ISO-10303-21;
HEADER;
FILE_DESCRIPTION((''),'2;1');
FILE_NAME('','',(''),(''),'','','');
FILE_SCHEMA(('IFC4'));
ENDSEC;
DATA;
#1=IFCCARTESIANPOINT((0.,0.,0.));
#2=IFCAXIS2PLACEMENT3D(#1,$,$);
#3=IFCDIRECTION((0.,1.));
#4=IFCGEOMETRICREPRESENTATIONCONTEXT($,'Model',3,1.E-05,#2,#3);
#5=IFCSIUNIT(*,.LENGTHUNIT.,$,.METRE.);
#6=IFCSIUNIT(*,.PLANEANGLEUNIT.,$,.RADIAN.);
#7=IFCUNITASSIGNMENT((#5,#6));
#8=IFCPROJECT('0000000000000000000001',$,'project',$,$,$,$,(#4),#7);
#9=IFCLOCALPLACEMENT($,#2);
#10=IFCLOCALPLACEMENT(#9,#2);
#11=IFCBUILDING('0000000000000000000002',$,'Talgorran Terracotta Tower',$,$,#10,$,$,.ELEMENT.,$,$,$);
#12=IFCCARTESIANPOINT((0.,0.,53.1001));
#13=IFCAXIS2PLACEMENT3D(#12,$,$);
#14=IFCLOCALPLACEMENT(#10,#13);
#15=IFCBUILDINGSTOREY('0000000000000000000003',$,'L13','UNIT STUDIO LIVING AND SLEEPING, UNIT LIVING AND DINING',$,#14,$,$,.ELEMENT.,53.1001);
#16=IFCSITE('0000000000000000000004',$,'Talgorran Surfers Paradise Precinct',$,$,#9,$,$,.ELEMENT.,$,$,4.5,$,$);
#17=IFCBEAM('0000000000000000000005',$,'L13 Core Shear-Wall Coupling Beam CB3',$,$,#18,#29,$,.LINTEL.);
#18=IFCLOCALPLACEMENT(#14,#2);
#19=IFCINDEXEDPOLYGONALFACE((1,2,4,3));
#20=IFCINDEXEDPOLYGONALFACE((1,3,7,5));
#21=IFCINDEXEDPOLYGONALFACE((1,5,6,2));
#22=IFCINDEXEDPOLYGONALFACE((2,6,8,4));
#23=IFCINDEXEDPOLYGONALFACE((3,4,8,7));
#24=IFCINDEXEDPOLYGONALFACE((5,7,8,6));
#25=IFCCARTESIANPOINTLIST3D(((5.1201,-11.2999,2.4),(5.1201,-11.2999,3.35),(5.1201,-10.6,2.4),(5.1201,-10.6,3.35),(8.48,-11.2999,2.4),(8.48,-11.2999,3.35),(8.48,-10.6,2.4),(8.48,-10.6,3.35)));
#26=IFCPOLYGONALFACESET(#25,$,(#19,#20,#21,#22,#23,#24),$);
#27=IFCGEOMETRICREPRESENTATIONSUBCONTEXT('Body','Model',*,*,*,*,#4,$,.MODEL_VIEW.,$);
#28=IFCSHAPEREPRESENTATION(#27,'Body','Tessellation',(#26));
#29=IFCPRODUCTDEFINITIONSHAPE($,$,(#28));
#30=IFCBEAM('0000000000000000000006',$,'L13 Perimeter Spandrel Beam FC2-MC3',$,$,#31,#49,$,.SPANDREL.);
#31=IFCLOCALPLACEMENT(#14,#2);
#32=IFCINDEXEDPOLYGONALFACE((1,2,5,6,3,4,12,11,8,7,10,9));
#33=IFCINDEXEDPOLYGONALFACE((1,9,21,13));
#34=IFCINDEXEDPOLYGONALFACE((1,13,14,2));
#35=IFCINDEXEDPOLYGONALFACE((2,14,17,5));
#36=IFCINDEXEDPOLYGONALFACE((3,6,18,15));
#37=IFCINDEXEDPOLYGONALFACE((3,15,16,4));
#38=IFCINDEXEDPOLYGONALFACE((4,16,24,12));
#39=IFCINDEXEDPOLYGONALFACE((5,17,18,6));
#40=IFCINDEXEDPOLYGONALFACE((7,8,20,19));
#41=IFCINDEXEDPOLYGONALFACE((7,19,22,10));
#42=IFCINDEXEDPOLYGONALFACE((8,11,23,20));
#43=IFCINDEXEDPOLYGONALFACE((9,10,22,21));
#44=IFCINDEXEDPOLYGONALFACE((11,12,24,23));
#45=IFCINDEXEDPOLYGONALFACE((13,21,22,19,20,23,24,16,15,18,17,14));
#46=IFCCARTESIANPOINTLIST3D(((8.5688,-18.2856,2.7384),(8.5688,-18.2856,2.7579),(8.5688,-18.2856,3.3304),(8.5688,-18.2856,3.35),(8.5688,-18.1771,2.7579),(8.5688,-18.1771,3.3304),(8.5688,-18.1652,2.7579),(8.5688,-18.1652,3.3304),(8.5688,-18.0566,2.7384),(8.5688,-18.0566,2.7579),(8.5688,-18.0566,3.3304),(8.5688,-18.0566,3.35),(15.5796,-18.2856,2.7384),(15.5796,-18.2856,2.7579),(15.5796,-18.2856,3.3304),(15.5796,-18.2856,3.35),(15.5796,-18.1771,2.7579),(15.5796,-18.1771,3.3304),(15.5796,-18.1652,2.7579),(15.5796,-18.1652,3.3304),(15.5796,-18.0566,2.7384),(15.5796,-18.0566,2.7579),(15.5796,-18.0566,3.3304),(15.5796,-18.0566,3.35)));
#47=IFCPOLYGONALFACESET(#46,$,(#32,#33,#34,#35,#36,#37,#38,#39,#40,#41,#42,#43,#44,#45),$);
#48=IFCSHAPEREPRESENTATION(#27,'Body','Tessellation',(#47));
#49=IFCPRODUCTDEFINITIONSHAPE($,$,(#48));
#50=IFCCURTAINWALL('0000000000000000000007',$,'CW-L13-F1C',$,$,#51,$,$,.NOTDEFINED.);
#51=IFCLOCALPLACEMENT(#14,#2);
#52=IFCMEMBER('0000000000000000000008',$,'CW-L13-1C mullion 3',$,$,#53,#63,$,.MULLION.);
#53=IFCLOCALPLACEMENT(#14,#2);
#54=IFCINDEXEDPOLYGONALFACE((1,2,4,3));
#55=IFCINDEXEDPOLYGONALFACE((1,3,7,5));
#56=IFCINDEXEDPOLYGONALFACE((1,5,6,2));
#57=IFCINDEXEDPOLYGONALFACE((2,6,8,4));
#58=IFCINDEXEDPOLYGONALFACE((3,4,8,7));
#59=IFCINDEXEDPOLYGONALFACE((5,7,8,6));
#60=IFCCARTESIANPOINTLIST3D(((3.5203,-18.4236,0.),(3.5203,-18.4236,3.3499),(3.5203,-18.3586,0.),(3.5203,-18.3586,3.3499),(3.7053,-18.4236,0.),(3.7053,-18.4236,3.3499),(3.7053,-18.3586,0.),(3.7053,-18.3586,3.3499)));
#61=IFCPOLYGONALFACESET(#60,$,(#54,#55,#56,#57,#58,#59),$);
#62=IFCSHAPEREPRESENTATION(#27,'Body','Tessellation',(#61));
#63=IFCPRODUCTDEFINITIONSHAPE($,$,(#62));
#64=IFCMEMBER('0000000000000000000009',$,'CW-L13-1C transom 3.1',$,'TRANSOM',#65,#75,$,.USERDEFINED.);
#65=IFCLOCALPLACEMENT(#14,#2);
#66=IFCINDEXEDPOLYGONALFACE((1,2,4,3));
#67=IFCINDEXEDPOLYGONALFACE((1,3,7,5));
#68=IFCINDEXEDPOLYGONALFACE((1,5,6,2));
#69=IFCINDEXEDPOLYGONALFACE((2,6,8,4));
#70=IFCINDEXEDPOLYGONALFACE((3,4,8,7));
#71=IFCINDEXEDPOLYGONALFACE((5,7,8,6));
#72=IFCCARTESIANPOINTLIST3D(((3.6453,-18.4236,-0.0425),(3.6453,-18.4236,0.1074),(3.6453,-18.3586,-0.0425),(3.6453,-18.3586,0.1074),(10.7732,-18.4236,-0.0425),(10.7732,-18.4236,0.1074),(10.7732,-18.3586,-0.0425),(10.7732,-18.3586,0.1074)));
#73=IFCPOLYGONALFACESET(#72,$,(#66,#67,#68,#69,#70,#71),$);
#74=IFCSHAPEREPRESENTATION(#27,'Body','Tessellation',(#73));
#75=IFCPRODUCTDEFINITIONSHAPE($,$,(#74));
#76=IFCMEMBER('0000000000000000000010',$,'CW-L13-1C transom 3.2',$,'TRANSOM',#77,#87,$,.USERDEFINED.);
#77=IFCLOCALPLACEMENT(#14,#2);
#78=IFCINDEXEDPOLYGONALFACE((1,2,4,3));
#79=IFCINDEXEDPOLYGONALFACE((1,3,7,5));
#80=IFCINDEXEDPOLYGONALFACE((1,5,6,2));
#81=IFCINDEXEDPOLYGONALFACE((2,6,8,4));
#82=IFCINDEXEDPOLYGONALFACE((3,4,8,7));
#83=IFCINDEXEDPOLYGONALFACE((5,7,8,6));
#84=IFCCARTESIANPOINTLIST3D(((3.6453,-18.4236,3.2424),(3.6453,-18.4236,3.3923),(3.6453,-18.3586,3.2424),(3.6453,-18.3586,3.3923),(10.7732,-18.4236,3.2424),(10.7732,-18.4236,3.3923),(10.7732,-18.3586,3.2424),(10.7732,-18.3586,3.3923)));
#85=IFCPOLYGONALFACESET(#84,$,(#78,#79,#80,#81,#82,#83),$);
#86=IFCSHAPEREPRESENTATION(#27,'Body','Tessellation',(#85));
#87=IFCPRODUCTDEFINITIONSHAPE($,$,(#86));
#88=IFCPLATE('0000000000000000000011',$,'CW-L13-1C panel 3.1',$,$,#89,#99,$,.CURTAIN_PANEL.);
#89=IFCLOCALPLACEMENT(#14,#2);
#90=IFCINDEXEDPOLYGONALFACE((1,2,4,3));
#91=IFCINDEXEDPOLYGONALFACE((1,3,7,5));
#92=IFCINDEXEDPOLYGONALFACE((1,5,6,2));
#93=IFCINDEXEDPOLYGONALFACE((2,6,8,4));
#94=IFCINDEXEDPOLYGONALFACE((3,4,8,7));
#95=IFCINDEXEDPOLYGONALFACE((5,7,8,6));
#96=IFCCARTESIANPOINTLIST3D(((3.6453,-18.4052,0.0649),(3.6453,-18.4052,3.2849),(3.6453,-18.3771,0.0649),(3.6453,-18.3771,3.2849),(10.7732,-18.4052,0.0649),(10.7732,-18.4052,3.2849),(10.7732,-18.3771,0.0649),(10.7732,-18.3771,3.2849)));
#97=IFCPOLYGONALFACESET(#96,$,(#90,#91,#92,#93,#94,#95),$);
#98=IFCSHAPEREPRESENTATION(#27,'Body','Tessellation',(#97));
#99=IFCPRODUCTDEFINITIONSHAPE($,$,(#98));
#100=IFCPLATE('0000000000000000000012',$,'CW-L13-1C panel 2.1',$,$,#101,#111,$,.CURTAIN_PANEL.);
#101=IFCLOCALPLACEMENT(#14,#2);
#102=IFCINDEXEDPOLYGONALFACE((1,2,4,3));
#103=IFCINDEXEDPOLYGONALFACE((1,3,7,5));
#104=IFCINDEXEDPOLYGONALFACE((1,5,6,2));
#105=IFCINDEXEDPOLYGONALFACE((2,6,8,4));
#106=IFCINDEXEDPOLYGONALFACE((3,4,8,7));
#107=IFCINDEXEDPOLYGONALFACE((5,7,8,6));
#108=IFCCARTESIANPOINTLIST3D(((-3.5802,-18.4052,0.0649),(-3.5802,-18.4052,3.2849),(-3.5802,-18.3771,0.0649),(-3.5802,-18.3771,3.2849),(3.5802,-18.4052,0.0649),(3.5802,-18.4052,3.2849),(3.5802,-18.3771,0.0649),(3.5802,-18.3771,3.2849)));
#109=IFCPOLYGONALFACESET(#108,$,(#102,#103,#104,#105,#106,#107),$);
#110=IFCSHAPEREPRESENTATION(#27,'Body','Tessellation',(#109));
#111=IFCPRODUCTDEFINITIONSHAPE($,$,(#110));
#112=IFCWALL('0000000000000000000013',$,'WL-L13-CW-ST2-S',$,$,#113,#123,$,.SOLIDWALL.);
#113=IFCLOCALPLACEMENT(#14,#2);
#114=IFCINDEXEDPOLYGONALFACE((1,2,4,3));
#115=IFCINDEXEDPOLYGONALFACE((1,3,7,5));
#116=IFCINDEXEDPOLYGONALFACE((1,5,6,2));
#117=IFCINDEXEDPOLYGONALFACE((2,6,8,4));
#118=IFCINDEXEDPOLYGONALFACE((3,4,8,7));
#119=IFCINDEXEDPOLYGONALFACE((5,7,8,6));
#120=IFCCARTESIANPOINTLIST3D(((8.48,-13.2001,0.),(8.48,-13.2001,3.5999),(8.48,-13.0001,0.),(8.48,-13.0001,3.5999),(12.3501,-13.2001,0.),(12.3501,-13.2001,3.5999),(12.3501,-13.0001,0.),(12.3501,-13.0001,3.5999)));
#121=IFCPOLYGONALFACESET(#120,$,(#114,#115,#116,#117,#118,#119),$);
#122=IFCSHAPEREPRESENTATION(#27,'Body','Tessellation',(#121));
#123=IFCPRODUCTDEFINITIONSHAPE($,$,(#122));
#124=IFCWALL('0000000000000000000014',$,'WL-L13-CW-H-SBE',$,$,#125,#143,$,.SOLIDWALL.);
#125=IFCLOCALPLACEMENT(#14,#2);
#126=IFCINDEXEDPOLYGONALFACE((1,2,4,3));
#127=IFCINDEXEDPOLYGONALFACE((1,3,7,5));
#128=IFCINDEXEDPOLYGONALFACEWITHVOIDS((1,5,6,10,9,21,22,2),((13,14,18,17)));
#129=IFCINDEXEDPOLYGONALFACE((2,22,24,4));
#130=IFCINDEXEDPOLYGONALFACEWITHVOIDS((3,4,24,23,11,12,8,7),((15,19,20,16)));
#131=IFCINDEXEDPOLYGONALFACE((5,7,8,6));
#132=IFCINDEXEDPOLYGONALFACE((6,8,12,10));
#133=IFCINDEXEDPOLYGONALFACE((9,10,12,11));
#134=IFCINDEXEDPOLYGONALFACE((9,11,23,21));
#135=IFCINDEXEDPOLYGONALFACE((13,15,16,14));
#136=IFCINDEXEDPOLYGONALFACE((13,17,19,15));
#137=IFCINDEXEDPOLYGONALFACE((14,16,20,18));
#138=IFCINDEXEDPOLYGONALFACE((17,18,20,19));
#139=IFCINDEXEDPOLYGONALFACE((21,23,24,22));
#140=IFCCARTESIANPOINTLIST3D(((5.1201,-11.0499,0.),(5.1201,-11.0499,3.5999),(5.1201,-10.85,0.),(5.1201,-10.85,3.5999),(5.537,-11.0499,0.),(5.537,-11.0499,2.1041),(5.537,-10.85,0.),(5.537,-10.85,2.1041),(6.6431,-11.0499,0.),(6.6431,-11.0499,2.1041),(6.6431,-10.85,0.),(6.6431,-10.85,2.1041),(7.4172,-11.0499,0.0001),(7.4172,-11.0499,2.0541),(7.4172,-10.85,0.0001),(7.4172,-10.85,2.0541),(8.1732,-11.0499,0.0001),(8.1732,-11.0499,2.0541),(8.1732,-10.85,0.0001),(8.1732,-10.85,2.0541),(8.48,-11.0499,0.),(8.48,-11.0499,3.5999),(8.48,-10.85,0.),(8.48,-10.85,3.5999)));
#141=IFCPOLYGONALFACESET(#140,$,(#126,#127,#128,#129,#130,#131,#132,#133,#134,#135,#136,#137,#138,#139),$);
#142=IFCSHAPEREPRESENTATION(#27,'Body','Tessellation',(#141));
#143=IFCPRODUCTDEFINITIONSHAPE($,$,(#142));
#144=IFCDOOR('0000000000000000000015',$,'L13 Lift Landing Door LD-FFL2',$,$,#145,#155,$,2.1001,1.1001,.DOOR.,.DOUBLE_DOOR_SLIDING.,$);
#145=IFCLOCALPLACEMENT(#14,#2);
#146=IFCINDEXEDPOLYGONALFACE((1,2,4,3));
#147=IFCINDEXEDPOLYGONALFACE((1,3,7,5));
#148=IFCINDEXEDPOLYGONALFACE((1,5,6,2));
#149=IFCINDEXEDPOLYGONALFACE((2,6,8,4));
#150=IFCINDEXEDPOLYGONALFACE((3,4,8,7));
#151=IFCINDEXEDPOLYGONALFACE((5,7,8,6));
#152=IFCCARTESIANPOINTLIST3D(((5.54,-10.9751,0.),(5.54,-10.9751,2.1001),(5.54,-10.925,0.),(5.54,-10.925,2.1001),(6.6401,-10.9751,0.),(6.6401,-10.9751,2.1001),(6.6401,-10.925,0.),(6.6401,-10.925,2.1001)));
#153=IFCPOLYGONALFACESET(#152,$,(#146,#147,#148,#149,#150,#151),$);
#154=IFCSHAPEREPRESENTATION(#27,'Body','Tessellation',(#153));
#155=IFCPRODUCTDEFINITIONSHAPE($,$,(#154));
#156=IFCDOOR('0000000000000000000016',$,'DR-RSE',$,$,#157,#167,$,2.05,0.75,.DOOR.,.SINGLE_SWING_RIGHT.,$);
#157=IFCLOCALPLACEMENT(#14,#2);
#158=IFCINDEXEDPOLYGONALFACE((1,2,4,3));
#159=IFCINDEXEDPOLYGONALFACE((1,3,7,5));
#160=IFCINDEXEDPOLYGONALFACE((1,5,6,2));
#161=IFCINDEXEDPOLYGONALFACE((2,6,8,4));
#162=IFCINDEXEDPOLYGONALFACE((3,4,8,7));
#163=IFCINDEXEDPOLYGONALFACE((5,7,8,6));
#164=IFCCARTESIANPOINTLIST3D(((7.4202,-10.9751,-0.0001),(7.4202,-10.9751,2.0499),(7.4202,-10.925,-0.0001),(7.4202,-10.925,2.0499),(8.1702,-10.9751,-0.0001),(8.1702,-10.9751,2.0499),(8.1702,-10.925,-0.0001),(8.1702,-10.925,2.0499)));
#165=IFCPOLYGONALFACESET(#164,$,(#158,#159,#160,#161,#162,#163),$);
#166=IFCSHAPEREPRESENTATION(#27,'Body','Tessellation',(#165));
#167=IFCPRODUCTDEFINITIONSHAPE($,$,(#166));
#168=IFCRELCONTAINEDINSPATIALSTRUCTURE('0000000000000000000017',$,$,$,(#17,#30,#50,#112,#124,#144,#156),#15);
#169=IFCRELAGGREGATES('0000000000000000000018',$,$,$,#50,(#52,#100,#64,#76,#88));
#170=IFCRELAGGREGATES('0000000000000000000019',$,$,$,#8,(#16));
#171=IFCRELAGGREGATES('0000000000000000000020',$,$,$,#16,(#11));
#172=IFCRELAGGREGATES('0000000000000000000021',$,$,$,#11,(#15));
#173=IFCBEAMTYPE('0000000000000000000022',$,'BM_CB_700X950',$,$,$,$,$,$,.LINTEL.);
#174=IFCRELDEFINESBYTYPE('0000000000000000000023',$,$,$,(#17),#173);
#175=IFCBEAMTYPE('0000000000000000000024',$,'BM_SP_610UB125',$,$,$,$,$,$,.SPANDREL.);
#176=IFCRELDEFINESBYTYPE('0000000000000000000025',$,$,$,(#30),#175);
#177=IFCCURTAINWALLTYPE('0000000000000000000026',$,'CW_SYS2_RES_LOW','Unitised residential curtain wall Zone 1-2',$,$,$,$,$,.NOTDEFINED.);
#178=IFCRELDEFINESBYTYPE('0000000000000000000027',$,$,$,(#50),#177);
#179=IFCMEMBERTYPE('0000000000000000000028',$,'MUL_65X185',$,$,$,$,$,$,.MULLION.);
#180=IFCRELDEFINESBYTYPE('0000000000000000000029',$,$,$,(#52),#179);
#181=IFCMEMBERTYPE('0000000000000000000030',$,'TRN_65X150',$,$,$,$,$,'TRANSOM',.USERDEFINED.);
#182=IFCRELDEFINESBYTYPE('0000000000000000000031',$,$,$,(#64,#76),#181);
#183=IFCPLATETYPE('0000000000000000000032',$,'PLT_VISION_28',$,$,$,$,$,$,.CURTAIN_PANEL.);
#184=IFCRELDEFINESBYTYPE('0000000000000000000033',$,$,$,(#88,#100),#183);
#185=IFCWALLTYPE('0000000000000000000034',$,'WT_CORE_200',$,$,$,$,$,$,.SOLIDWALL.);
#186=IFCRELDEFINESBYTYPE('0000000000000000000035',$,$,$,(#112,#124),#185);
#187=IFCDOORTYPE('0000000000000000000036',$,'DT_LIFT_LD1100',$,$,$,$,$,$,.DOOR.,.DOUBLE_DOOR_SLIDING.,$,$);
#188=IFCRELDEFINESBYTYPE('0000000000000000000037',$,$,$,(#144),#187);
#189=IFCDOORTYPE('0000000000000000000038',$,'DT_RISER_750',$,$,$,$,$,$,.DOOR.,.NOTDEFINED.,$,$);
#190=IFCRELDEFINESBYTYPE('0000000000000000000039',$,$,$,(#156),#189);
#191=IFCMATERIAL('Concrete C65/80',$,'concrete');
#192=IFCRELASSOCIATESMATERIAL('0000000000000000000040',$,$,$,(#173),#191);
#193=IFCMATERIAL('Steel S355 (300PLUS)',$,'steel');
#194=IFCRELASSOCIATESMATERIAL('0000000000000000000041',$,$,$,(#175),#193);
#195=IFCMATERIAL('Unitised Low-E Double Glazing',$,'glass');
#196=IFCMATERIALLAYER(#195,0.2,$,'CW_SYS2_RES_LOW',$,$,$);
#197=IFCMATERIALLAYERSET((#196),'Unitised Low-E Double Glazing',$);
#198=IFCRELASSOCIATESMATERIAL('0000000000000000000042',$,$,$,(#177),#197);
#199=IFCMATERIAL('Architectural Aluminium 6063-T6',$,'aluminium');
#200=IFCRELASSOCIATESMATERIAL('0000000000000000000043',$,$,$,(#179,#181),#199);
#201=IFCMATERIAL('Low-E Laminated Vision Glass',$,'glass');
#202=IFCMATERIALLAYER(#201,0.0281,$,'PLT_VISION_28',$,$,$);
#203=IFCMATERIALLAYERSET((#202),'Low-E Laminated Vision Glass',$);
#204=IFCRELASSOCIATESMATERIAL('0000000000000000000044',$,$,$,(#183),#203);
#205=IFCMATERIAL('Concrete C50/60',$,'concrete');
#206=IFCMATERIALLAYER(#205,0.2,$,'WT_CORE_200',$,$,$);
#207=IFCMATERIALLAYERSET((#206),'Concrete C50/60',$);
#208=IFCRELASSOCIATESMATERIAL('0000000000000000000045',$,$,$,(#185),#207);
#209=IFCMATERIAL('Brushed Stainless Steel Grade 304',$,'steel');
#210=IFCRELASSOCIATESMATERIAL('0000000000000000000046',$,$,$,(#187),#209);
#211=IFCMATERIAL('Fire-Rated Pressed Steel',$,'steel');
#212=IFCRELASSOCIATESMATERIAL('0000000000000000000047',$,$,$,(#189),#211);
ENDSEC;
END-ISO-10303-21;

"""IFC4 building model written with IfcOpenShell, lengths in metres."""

from ifc_helpers import new_model, si_unit, direction, frame, frame_2d, origin, origin_2d, place, context, subcontext, project, spatial, rectangle, i_section, extrude, source, transform, mapped, material, layer, layer_set, material_profile, profile_set, type_object, type_shapes, element, fill, aggregate, save


model = new_model("IFC4")

# Units and contexts
model_context = context("Model", 3, precision=1e-05, world=origin(), true_north=direction((0.0, 1.0)))
body_context = subcontext(model_context, "Body", "Model", "MODEL_VIEW")
ifc_project = project(units=[si_unit("LENGTHUNIT", "METRE"), si_unit("PLANEANGLEUNIT", "RADIAN")], contexts=[model_context])

# Site, building, storey
site_placement = place(None, origin())
site = spatial("IfcSite", under=ifc_project, at=site_placement, Name="Talgorran Surfers Paradise Precinct", CompositionType="ELEMENT", RefElevation=4.5)
building_placement = place(site_placement, origin())
building = spatial("IfcBuilding", under=site, at=building_placement, Name="Talgorran Terracotta Tower", CompositionType="ELEMENT")
storey_placement = place(building_placement, frame((0.0, 0.0, 53.1001)))
storey = spatial("IfcBuildingStorey", under=building, at=storey_placement, Name="L13", Description="UNIT STUDIO LIVING AND SLEEPING, UNIT LIVING AND DINING", CompositionType="ELEMENT", Elevation=53.1001)

# Beams
ifc_material_1 = material(Name="Concrete C65/80", Category="concrete")
ifc_material_profile_1 = material_profile(ifc_material_1, rectangle(XDim=0.7, YDim=0.95, at=origin_2d()), Name="RCCB700X950")
ifc_profile_set_1 = profile_set([ifc_material_profile_1], Name="Concrete C65/80")
beam_type_1 = type_object("IfcBeamType", Name="BM_CB_700X950", PredefinedType="LINTEL", material=ifc_profile_set_1)
beam_1_placement = place(storey_placement, frame((5.1201, -10.95, 2.875), z_axis=(1.0, 0.0, 0.0), x_axis=(0.0, 1.0, 0.0)))
element("IfcBeam", 1, at=beam_1_placement, inside=storey, type_object=beam_type_1, Name="L13 Core Shear-Wall Coupling Beam CB3", PredefinedType="LINTEL", context=body_context, shape_type="SweptSolid", body=[
    extrude(rectangle(XDim=0.7, YDim=0.95, at=origin_2d()), origin(), (0.0, 0.0, 1.0), 3.3599),
])
ifc_material_2 = material(Name="Steel S355 (300PLUS)", Category="steel")
ifc_material_profile_2 = material_profile(ifc_material_2, i_section(OverallWidth=0.229, OverallDepth=0.6116, WebThickness=0.012, FlangeThickness=0.0195, at=origin_2d()), Name="610UB125")
ifc_profile_set_2 = profile_set([ifc_material_profile_2], Name="Steel S355 (300PLUS)")
beam_type_2 = type_object("IfcBeamType", Name="BM_SP_610UB125", PredefinedType="SPANDREL", material=ifc_profile_set_2)
beam_2_placement = place(storey_placement, frame((8.5688, -18.1711, 3.0442), z_axis=(1.0, 0.0, 0.0), x_axis=(0.0, 1.0, 0.0)))
element("IfcBeam", 2, at=beam_2_placement, inside=storey, type_object=beam_type_2, Name="L13 Perimeter Spandrel Beam FC2-MC3", PredefinedType="SPANDREL", context=body_context, shape_type="SweptSolid", body=[
    extrude(i_section(OverallWidth=0.229, OverallDepth=0.6116, WebThickness=0.012, FlangeThickness=0.0195, at=origin_2d()), origin(), (0.0, 0.0, 1.0), 7.0107),
])

# Curtain wall, members, plates
ifc_material_3 = material(Name="Unitised Low-E Double Glazing", Category="glass")
ifc_layer_1 = layer(ifc_material_3, 0.2, Name="CW_SYS2_RES_LOW")
ifc_layer_set_1 = layer_set([ifc_layer_1], Name="Unitised Low-E Double Glazing")
curtain_wall_type = type_object("IfcCurtainWallType", Name="CW_SYS2_RES_LOW", Description="Unitised residential curtain wall Zone 1-2", PredefinedType="NOTDEFINED", material=ifc_layer_set_1)
curtain_wall_placement = place(storey_placement, origin())
curtain_wall = element("IfcCurtainWall", 3, at=curtain_wall_placement, inside=storey, type_object=curtain_wall_type, Name="CW-L13-F1C", PredefinedType="NOTDEFINED")
ifc_material_4 = material(Name="Architectural Aluminium 6063-T6", Category="aluminium")
ifc_material_profile_3 = material_profile(ifc_material_4, rectangle(XDim=0.0649, YDim=0.1851, at=origin_2d()), Name="CWM65X185")
ifc_profile_set_3 = profile_set([ifc_material_profile_3], Name="Architectural Aluminium 6063-T6")
member_type_1 = type_object("IfcMemberType", Name="MUL_65X185", PredefinedType="MULLION", material=ifc_profile_set_3)
member_1_placement = place(storey_placement, frame((3.6128, -18.3911, 0.0), z_axis=(0.0, 0.0, 1.0), x_axis=(0.0, 1.0, 0.0)))
member_1 = element("IfcMember", 4, at=member_1_placement, type_object=member_type_1, Name="CW-L13-1C mullion 3", PredefinedType="MULLION", context=body_context, shape_type="SweptSolid", body=[
    extrude(rectangle(XDim=0.0649, YDim=0.1851, at=origin_2d()), origin(), (0.0, 0.0, 1.0), 3.3499),
])
ifc_material_profile_4 = material_profile(ifc_material_4, rectangle(XDim=0.0649, YDim=0.1499, at=origin_2d()), Name="CWT65X150")
ifc_profile_set_4 = profile_set([ifc_material_profile_4], Name="Architectural Aluminium 6063-T6")
member_type_2 = type_object("IfcMemberType", Name="TRN_65X150", ElementType="TRANSOM", PredefinedType="USERDEFINED", material=ifc_profile_set_4)
member_2_placement = place(storey_placement, frame((3.6453, -18.3911, 0.0325), z_axis=(1.0, 0.0, 0.0), x_axis=(0.0, 1.0, 0.0)))
member_2 = element("IfcMember", 5, at=member_2_placement, type_object=member_type_2, Name="CW-L13-1C transom 3.1", ObjectType="TRANSOM", PredefinedType="USERDEFINED", context=body_context, shape_type="SweptSolid", body=[
    extrude(rectangle(XDim=0.0649, YDim=0.1499, at=origin_2d()), origin(), (0.0, 0.0, 1.0), 7.1279),
])
member_3_placement = place(storey_placement, frame((3.6453, -18.3911, 3.3174), z_axis=(1.0, 0.0, 0.0), x_axis=(0.0, 1.0, 0.0)))
member_3 = element("IfcMember", 6, at=member_3_placement, type_object=member_type_2, Name="CW-L13-1C transom 3.2", ObjectType="TRANSOM", PredefinedType="USERDEFINED", context=body_context, shape_type="SweptSolid", body=[
    extrude(rectangle(XDim=0.0649, YDim=0.1499, at=origin_2d()), origin(), (0.0, 0.0, 1.0), 7.1279),
])
ifc_material_5 = material(Name="Low-E Laminated Vision Glass", Category="glass")
ifc_layer_2 = layer(ifc_material_5, 0.0281, Name="PLT_VISION_28")
ifc_layer_set_2 = layer_set([ifc_layer_2], Name="Low-E Laminated Vision Glass")
plate_type = type_object("IfcPlateType", Name="PLT_VISION_28", PredefinedType="CURTAIN_PANEL", material=ifc_layer_set_2)
shared_shape_1 = source(origin(), body_context, "Body", "SweptSolid", [
    extrude(rectangle(XDim=7.1279, YDim=0.0281, at=origin_2d()), origin(), (0.0, 0.0, 1.0), 3.22),
])
plate_1_placement = place(storey_placement, frame((7.2092, -18.3911, 0.0649), z_axis=(0.0, 0.0, 1.0), x_axis=(1.0, 0.0, 0.0)))
plate_1 = element("IfcPlate", 7, at=plate_1_placement, type_object=plate_type, Name="CW-L13-1C panel 3.1", PredefinedType="CURTAIN_PANEL", context=body_context, shape_type="MappedRepresentation", body=[
    mapped(shared_shape_1, transform((0.0, 0.0, 0.0), scale=1.0)),
])
shared_shape_2 = source(origin(), body_context, "Body", "SweptSolid", [
    extrude(rectangle(XDim=7.1604, YDim=0.0281, at=origin_2d()), origin(), (0.0, 0.0, 1.0), 3.22),
])
type_shapes(plate_type, [shared_shape_1, shared_shape_2])
plate_2_placement = place(storey_placement, frame((0.0, -18.3911, 0.0649), z_axis=(0.0, 0.0, 1.0), x_axis=(1.0, 0.0, 0.0)))
plate_2 = element("IfcPlate", 8, at=plate_2_placement, type_object=plate_type, Name="CW-L13-1C panel 2.1", PredefinedType="CURTAIN_PANEL", context=body_context, shape_type="MappedRepresentation", body=[
    mapped(shared_shape_2, transform((0.0, 0.0, 0.0), scale=1.0)),
])
aggregate(curtain_wall, [member_1, plate_2, member_2, member_3, plate_1])

# Wall
ifc_material_6 = material(Name="Concrete C50/60", Category="concrete")
ifc_layer_3 = layer(ifc_material_6, 0.2, Name="WT_CORE_200")
ifc_layer_set_3 = layer_set([ifc_layer_3], Name="Concrete C50/60")
wall_type_1 = type_object("IfcWallType", Name="WT_CORE_200", PredefinedType="SOLIDWALL", material=ifc_layer_set_3)
wall_1_placement = place(storey_placement, frame((8.48, -13.1001, 0.0), z_axis=(0.0, 0.0, 1.0), x_axis=(1.0, 0.0, 0.0)))
element("IfcWall", 9, at=wall_1_placement, inside=storey, type_object=wall_type_1, Name="WL-L13-CW-ST2-S", PredefinedType="SOLIDWALL", context=body_context, shape_type="SweptSolid", body=[
    extrude(rectangle(XDim=3.8701, YDim=0.2, at=frame_2d((1.9351, 0.0))), origin(), (0.0, 0.0, 1.0), 3.5999),
])

# Wall, openings, doors
wall_2_placement = place(storey_placement, frame((5.1201, -10.95, 0.0), z_axis=(0.0, 0.0, 1.0), x_axis=(1.0, 0.0, 0.0)))
wall_2 = element("IfcWall", 10, at=wall_2_placement, inside=storey, type_object=wall_type_1, Name="WL-L13-CW-H-SBE", PredefinedType="SOLIDWALL", context=body_context, shape_type="SweptSolid", body=[
    extrude(rectangle(XDim=3.3599, YDim=0.2, at=frame_2d((1.6799, 0.0))), origin(), (0.0, 0.0, 1.0), 3.5999),
])
opening_1_placement = place(wall_2_placement, frame((0.4199, 0.0, 0.0)))
opening_1 = element("IfcOpeningElement", 11, at=opening_1_placement, cuts=wall_2, PredefinedType="OPENING", context=body_context, shape_type="SweptSolid", body=[
    extrude(rectangle(XDim=1.1061, YDim=2.1041, at=frame_2d((0.55, 1.052))), frame((0.0, 0.1099, 0.0), z_axis=(0.0, -1.0, 0.0), x_axis=(1.0, 0.0, 0.0)), (0.0, 0.0, 1.0), 0.22),
])
opening_2_placement = place(wall_2_placement, frame((2.3, 0.0, 0.0)))
opening_2 = element("IfcOpeningElement", 12, at=opening_2_placement, cuts=wall_2, PredefinedType="OPENING", context=body_context, shape_type="SweptSolid", body=[
    extrude(rectangle(XDim=0.756, YDim=2.054, at=frame_2d((0.375, 1.0271))), frame((0.0, 0.1099, 0.0), z_axis=(0.0, -1.0, 0.0), x_axis=(1.0, 0.0, 0.0)), (0.0, 0.0, 1.0), 0.22),
])
ifc_material_7 = material(Name="Brushed Stainless Steel Grade 304", Category="steel")
door_type_1 = type_object("IfcDoorType", Name="DT_LIFT_LD1100", OperationType="DOUBLE_DOOR_SLIDING", PredefinedType="DOOR", material=ifc_material_7)
door_1_placement = place(opening_1_placement, origin())
door_1 = element("IfcDoor", 13, at=door_1_placement, inside=storey, type_object=door_type_1, Name="L13 Lift Landing Door LD-FFL2", OperationType="DOUBLE_DOOR_SLIDING", OverallHeight=2.1001, OverallWidth=1.1001, PredefinedType="DOOR", context=body_context, shape_type="SweptSolid", body=[
    extrude(rectangle(XDim=1.1001, YDim=2.1001, at=frame_2d((0.55, 1.05))), frame((0.0, 0.0249, 0.0), z_axis=(0.0, -1.0, 0.0), x_axis=(1.0, 0.0, 0.0)), (0.0, 0.0, 1.0), 0.05),
])
fill(opening_1, door_1)
ifc_material_8 = material(Name="Fire-Rated Pressed Steel", Category="steel")
door_type_2 = type_object("IfcDoorType", Name="DT_RISER_750", OperationType="NOTDEFINED", PredefinedType="DOOR", material=ifc_material_8)
door_2_placement = place(opening_2_placement, origin())
door_2 = element("IfcDoor", 14, at=door_2_placement, inside=storey, type_object=door_type_2, Name="DR-RSE", OperationType="SINGLE_SWING_RIGHT", OverallHeight=2.05, OverallWidth=0.75, PredefinedType="DOOR", context=body_context, shape_type="SweptSolid", body=[
    extrude(rectangle(XDim=0.75, YDim=2.05, at=frame_2d((0.375, 1.0249))), frame((0.0, 0.0249, 0.0), z_axis=(0.0, -1.0, 0.0), x_axis=(1.0, 0.0, 0.0)), (0.0, 0.0, 1.0), 0.05),
])
fill(opening_2, door_2)

save(model, "model.ifc")
